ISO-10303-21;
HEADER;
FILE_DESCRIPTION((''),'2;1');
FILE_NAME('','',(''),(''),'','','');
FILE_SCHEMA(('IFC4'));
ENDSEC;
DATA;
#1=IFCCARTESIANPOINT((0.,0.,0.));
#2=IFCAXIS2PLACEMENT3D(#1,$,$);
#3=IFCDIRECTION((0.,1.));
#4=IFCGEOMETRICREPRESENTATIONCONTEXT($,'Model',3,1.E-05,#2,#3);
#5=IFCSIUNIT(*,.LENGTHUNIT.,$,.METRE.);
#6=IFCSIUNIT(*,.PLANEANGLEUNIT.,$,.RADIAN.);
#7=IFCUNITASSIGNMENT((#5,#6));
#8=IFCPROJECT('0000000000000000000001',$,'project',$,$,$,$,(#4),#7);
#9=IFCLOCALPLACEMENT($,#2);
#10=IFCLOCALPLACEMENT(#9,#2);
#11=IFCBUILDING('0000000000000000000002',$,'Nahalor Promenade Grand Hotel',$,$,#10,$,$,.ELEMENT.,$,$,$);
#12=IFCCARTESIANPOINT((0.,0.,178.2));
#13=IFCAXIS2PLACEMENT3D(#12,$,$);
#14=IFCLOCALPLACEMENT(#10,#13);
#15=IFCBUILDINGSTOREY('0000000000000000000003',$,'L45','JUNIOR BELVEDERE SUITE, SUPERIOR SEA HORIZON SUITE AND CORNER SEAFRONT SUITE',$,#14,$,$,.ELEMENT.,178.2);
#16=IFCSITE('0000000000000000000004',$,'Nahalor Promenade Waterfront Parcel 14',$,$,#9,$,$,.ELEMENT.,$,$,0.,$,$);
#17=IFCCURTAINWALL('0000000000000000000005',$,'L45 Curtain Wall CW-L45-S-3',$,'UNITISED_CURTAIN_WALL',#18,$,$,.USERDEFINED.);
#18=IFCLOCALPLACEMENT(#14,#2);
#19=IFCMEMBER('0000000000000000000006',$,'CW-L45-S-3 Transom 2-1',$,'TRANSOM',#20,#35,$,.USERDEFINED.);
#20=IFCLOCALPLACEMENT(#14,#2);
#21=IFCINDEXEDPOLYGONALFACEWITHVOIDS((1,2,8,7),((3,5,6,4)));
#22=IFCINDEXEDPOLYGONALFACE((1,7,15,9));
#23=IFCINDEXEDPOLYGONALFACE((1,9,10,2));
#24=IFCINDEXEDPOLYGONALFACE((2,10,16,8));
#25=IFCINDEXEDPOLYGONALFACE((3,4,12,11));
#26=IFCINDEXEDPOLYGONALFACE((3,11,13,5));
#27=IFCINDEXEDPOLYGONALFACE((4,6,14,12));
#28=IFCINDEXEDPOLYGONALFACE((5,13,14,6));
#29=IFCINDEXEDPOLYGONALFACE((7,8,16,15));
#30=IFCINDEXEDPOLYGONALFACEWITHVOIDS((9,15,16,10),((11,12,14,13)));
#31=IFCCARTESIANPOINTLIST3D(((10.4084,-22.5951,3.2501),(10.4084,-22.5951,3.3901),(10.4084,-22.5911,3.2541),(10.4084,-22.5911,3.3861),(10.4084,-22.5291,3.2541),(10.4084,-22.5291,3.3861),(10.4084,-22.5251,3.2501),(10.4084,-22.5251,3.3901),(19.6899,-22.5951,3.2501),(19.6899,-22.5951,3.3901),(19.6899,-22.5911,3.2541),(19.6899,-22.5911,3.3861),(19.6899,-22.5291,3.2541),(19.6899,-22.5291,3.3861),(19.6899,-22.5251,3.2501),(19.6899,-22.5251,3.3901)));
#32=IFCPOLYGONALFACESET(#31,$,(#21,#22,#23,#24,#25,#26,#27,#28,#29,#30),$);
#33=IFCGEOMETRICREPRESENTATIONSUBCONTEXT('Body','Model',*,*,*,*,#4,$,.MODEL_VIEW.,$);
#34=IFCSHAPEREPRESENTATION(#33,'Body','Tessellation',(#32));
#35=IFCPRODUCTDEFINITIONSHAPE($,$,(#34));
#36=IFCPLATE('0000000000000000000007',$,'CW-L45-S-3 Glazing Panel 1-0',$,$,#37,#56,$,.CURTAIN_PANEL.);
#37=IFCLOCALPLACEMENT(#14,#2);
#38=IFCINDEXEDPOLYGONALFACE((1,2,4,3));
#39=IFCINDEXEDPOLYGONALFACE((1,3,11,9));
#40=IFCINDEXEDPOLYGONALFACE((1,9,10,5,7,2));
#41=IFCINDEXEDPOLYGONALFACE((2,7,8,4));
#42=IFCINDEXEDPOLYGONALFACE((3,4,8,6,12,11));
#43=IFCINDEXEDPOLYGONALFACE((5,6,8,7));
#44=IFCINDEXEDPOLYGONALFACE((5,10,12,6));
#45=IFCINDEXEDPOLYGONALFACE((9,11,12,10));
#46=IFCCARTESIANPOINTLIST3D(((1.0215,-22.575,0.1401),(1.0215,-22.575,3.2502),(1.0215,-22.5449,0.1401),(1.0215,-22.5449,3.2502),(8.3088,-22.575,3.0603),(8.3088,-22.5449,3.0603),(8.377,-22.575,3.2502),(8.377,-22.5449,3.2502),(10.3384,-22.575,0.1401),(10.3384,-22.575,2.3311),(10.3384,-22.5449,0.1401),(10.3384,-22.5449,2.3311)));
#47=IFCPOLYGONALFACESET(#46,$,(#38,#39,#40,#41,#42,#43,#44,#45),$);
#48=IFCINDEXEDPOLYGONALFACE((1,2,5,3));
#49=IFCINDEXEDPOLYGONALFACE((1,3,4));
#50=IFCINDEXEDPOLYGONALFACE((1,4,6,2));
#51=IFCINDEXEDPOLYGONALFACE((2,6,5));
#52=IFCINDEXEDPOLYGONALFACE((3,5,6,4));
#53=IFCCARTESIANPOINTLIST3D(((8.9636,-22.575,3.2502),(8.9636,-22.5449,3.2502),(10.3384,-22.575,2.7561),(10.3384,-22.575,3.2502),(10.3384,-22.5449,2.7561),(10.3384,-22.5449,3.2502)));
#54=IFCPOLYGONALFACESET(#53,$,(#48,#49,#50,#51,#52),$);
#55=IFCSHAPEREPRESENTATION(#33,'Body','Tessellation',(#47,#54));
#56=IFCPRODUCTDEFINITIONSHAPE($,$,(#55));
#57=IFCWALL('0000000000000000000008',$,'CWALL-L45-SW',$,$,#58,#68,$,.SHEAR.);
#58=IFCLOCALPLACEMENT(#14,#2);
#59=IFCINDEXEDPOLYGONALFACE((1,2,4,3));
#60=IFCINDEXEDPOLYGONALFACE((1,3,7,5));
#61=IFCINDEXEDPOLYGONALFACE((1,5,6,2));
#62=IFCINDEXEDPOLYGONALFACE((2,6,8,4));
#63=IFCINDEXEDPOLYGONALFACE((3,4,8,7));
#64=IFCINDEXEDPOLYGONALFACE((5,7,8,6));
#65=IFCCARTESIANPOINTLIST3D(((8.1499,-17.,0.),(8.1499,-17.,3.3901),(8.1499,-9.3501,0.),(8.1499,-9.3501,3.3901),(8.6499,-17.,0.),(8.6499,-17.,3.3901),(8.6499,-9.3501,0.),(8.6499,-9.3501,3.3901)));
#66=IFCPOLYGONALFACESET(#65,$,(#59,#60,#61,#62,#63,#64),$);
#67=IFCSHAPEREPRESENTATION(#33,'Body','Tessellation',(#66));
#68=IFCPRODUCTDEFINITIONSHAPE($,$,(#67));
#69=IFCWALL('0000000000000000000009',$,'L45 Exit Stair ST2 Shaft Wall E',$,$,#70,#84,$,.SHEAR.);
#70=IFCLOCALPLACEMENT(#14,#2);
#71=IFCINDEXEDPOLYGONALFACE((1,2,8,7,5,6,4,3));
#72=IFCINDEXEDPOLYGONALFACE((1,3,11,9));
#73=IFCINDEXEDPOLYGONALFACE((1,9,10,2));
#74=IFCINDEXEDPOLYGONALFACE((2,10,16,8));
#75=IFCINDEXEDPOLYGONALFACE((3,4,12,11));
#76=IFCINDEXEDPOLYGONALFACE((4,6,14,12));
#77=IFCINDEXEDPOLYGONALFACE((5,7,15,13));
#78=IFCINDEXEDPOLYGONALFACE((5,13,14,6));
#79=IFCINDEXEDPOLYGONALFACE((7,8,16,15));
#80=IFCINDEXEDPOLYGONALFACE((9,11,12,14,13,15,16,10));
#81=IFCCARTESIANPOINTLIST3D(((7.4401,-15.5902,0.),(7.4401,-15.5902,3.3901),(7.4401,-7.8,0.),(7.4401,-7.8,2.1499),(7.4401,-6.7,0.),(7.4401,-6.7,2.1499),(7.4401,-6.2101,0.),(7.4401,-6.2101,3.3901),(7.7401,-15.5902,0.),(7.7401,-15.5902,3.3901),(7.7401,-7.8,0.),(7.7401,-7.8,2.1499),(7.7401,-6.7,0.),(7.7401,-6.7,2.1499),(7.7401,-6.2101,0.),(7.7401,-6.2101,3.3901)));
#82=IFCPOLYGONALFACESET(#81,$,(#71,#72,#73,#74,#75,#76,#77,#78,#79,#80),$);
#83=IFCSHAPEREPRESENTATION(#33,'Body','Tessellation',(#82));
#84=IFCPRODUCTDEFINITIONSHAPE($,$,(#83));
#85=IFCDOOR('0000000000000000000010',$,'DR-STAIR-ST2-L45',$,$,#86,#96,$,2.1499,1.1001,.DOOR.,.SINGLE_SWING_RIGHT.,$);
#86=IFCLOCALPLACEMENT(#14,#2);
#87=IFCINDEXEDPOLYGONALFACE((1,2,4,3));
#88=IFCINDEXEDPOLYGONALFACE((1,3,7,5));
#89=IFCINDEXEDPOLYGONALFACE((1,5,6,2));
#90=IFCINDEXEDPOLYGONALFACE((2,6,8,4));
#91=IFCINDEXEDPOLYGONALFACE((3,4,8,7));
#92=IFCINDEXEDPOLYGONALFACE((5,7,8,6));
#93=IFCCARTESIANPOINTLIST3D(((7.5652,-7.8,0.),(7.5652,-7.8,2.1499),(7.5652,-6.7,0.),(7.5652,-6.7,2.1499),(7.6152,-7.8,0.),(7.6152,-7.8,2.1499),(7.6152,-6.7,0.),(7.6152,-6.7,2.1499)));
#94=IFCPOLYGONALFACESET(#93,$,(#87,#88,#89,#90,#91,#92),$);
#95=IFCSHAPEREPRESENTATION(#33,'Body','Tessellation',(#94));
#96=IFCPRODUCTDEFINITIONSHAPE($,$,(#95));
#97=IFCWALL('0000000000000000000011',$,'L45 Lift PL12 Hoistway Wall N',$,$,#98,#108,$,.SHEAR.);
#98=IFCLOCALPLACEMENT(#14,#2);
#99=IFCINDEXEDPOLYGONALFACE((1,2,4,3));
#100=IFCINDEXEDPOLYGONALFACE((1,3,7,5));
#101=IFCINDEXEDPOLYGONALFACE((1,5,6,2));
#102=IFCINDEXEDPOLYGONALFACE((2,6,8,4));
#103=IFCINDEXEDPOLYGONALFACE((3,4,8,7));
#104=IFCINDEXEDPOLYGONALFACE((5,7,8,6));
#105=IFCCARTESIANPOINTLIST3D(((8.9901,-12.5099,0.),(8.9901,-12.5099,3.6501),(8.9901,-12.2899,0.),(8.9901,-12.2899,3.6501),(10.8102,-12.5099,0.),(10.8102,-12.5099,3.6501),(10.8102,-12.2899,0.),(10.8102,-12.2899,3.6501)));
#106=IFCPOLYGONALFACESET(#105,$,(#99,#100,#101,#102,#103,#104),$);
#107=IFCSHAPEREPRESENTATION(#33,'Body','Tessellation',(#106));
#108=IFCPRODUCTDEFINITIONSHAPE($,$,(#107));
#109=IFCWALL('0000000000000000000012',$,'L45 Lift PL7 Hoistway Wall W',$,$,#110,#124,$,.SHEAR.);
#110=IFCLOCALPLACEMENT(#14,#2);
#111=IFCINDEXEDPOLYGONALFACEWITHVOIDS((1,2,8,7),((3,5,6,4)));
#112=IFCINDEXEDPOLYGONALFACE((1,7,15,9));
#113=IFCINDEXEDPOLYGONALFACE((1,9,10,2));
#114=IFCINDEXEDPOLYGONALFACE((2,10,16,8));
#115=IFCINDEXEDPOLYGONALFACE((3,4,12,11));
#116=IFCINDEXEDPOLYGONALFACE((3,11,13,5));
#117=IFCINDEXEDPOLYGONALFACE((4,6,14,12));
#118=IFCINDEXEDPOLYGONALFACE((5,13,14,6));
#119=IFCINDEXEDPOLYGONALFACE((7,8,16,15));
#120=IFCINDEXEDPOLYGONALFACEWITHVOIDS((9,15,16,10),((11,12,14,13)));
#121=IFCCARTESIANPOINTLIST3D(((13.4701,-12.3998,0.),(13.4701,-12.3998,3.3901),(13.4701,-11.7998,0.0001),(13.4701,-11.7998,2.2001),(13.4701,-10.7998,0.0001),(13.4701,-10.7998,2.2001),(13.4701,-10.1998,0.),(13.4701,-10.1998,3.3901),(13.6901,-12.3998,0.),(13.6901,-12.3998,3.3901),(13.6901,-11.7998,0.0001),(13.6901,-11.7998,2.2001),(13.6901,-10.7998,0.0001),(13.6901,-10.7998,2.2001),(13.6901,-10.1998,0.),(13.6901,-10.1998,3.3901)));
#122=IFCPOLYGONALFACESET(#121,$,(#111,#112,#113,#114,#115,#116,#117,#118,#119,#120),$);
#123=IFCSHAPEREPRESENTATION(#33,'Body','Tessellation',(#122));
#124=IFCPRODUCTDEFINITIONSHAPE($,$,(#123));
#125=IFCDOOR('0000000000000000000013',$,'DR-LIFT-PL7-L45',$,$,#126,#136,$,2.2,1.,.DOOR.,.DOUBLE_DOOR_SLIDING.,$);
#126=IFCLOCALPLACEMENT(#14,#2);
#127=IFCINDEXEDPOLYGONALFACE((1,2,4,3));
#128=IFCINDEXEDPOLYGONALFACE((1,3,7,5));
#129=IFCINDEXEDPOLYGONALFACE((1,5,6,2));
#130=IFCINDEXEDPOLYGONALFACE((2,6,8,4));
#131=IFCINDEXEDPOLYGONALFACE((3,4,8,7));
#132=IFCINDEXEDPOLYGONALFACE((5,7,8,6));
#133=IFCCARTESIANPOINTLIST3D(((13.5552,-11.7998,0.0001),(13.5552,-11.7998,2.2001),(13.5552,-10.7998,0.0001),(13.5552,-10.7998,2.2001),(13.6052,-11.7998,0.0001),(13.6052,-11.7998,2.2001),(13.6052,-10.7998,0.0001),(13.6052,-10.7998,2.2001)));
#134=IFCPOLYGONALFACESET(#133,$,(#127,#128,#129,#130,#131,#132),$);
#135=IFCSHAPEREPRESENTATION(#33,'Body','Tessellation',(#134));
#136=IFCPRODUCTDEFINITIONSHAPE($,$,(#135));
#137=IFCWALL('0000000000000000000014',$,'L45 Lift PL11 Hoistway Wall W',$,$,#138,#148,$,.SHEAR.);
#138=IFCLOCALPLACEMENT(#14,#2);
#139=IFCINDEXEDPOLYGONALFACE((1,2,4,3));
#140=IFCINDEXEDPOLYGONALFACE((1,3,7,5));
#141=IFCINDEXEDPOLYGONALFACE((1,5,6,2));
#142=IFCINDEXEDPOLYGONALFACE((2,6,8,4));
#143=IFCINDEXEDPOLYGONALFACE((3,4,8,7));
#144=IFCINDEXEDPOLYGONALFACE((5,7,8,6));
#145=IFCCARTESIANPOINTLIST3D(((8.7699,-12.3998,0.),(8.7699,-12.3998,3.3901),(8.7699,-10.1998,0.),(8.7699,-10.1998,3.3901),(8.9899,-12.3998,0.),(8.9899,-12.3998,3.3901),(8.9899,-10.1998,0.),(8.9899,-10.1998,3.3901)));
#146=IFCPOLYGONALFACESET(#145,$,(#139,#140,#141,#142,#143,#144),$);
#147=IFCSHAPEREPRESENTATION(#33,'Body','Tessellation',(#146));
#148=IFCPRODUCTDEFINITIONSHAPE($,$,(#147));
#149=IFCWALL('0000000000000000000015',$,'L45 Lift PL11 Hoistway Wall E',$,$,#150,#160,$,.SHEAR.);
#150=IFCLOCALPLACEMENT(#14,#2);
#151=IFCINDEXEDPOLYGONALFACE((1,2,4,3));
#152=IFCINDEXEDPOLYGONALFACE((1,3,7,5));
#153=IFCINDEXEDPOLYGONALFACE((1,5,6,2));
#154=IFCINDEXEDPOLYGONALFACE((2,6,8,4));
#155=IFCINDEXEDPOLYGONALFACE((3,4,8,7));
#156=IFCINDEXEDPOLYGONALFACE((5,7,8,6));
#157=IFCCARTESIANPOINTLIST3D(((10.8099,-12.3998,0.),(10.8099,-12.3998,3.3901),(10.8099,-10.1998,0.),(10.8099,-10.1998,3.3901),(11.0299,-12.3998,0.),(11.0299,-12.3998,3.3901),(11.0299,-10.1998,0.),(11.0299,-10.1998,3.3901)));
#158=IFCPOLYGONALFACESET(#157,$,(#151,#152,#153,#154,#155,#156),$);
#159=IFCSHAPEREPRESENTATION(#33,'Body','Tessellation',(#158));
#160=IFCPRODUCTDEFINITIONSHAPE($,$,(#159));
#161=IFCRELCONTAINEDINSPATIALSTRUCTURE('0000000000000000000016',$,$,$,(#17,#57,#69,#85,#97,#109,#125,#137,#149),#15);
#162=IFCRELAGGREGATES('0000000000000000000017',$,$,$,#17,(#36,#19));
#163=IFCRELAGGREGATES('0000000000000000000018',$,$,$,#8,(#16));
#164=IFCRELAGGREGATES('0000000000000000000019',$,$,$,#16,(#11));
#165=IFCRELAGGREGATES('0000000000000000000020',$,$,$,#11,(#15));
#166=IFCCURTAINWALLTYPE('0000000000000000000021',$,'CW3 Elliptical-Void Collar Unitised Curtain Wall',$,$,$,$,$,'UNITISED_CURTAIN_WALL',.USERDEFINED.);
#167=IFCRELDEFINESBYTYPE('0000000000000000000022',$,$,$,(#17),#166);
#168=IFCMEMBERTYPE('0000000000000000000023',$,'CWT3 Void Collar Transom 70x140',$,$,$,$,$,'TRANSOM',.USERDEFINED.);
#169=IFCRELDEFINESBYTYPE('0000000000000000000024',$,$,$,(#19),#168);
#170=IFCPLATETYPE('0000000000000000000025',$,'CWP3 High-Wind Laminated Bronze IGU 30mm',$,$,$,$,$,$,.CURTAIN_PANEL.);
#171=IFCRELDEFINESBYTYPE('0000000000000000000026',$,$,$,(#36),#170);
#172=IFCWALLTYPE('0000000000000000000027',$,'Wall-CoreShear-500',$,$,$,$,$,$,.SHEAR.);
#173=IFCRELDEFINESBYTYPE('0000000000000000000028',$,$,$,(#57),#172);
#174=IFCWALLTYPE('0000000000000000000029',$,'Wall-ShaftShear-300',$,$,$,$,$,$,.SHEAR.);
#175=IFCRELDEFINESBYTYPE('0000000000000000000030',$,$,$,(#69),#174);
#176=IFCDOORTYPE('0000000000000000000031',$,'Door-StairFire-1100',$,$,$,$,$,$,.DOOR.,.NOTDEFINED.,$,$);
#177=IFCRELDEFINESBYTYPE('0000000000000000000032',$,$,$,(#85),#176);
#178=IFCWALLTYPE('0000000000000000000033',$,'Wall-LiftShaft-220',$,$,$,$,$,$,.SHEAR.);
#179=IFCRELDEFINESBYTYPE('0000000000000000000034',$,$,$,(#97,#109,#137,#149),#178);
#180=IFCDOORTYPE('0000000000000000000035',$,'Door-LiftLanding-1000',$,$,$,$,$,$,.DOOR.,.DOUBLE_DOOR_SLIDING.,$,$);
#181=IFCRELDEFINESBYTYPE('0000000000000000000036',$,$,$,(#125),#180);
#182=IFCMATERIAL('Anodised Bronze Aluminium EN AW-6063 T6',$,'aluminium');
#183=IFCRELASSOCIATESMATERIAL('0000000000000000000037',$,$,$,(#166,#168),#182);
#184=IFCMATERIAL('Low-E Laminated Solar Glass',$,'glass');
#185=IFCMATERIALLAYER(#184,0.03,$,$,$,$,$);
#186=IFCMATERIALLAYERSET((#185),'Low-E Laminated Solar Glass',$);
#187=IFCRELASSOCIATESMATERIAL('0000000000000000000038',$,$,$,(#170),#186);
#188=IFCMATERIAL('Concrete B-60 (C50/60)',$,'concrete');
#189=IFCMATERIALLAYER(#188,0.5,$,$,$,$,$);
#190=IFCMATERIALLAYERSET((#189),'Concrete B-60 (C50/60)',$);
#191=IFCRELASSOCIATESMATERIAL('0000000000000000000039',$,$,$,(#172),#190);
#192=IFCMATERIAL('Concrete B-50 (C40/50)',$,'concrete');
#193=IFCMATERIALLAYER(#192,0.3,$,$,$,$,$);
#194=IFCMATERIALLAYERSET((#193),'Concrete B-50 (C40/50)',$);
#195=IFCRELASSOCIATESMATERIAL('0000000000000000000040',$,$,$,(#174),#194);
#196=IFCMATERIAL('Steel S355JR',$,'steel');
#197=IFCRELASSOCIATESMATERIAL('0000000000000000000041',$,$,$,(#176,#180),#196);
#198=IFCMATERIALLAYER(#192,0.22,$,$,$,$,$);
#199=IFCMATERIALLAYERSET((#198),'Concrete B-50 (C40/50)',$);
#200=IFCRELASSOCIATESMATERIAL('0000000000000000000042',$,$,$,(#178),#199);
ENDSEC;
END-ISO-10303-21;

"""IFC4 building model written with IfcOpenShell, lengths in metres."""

from ifc_helpers import new_model, si_unit, direction, frame, frame_2d, origin, origin_2d, place, context, subcontext, project, spatial, polyline, rectangle, hollow_rectangle, outline, extrude, source, transform, mapped, material, layer, layer_set, material_profile, profile_set, type_object, element, fill, aggregate, save


model = new_model("IFC4")

# Units and contexts
model_context = context("Model", 3, precision=1e-05, world=origin(), true_north=direction((0.0, 1.0)))
body_context = subcontext(model_context, "Body", "Model", "MODEL_VIEW")
ifc_project = project(units=[si_unit("LENGTHUNIT", "METRE"), si_unit("PLANEANGLEUNIT", "RADIAN")], contexts=[model_context])

# Site, building, storey
site_placement = place(None, origin())
site = spatial("IfcSite", under=ifc_project, at=site_placement, Name="Nahalor Promenade Waterfront Parcel 14", CompositionType="ELEMENT", RefElevation=0.0)
building_placement = place(site_placement, origin())
building = spatial("IfcBuilding", under=site, at=building_placement, Name="Nahalor Promenade Grand Hotel", CompositionType="ELEMENT")
storey_placement = place(building_placement, frame((0.0, 0.0, 178.2)))
storey = spatial("IfcBuildingStorey", under=building, at=storey_placement, Name="L45", Description="JUNIOR BELVEDERE SUITE, SUPERIOR SEA HORIZON SUITE AND CORNER SEAFRONT SUITE", CompositionType="ELEMENT", Elevation=178.2)

# Shared definitions
ifc_material_1 = material(Name="Concrete B-60 (C50/60)", Category="concrete")

# Shared definitions
ifc_material_2 = material(Name="Steel S355JR", Category="steel")

# Curtain wall, member, plate
ifc_material_3 = material(Name="Anodised Bronze Aluminium EN AW-6063 T6", Category="aluminium")
curtain_wall_type = type_object("IfcCurtainWallType", Name="CW3 Elliptical-Void Collar Unitised Curtain Wall", ElementType="UNITISED_CURTAIN_WALL", PredefinedType="USERDEFINED", material=ifc_material_3)
curtain_wall_placement = place(storey_placement, origin())
curtain_wall = element("IfcCurtainWall", 1, at=curtain_wall_placement, inside=storey, type_object=curtain_wall_type, Name="L45 Curtain Wall CW-L45-S-3", ObjectType="UNITISED_CURTAIN_WALL", PredefinedType="USERDEFINED")
ifc_material_profile_1 = material_profile(ifc_material_3, hollow_rectangle(XDim=0.07, YDim=0.14, WallThickness=0.004, at=origin_2d()), Name="CWT 70x140x4")
ifc_profile_set_1 = profile_set([ifc_material_profile_1], Name="Anodised Bronze Aluminium EN AW-6063 T6")
member_type_1 = type_object("IfcMemberType", Name="CWT3 Void Collar Transom 70x140", ElementType="TRANSOM", PredefinedType="USERDEFINED", material=ifc_profile_set_1)
shared_shape_1 = source(origin(), body_context, "Body", "SweptSolid", [
    extrude(hollow_rectangle(XDim=0.07, YDim=0.14, WallThickness=0.004, at=origin_2d()), origin(), (0.0, 0.0, 1.0), 9.2815),
])
member_1_placement = place(storey_placement, frame((10.4084, -22.5601, 3.3201), z_axis=(1.0, 0.0, 0.0), x_axis=(0.0, 1.0, 0.0)))
member_1 = element("IfcMember", 2, at=member_1_placement, type_object=member_type_1, Name="CW-L45-S-3 Transom 2-1", ObjectType="TRANSOM", PredefinedType="USERDEFINED", context=body_context, shape_type="MappedRepresentation", body=[
    mapped(shared_shape_1, transform((0.0, 0.0, 0.0), scale=1.0)),
])
ifc_material_4 = material(Name="Low-E Laminated Solar Glass", Category="glass")
ifc_layer_1 = layer(ifc_material_4, 0.03)
ifc_layer_set_1 = layer_set([ifc_layer_1], Name="Low-E Laminated Solar Glass")
plate_type = type_object("IfcPlateType", Name="CWP3 High-Wind Laminated Bronze IGU 30mm", PredefinedType="CURTAIN_PANEL", material=ifc_layer_set_1)
plate_placement = place(storey_placement, frame((5.6799, -22.5601, 0.1401), z_axis=(0.0, 0.0, 1.0), x_axis=(1.0, 0.0, 0.0)))
plate = element("IfcPlate", 3, at=plate_placement, type_object=plate_type, Name="CW-L45-S-3 Glazing Panel 1-0", PredefinedType="CURTAIN_PANEL", context=body_context, shape_type="SweptSolid", body=[
    extrude(outline(polyline([(-4.6584, 0.0), (4.6584, 0.0), (4.6584, 2.1909), (2.6289, 2.9202), (2.697, 3.1101), (-4.6584, 3.1101), (-4.6584, 0.0)])), frame((0.0, 0.0151, 0.0), z_axis=(0.0, -1.0, 0.0), x_axis=(1.0, 0.0, 0.0)), (0.0, 0.0, 1.0), 0.03),
    extrude(outline(polyline([(4.6584, 2.616), (4.6584, 3.1101), (3.2837, 3.1101), (4.6584, 2.616)])), frame((0.0, 0.0151, 0.0), z_axis=(0.0, -1.0, 0.0), x_axis=(1.0, 0.0, 0.0)), (0.0, 0.0, 1.0), 0.03),
])
aggregate(curtain_wall, [plate, member_1])

# Wall
ifc_layer_2 = layer(ifc_material_1, 0.5)
ifc_layer_set_2 = layer_set([ifc_layer_2], Name="Concrete B-60 (C50/60)")
wall_type_1 = type_object("IfcWallType", Name="Wall-CoreShear-500", PredefinedType="SHEAR", material=ifc_layer_set_2)
shared_shape_2 = source(origin(), body_context, "Body", "SweptSolid", [
    extrude(rectangle(XDim=7.6499, YDim=0.5, at=frame_2d((3.825, 0.0))), origin(), (0.0, 0.0, 1.0), 3.3901),
])
wall_1_placement = place(storey_placement, frame((8.3999, -17.0, 0.0), z_axis=(0.0, 0.0, 1.0), x_axis=(0.0, 1.0, 0.0)))
element("IfcWall", 4, at=wall_1_placement, inside=storey, type_object=wall_type_1, Name="CWALL-L45-SW", PredefinedType="SHEAR", context=body_context, shape_type="MappedRepresentation", body=[
    mapped(shared_shape_2, transform((0.0, 0.0, 0.0), scale=1.0)),
])

# Wall, opening, door
ifc_material_5 = material(Name="Concrete B-50 (C40/50)", Category="concrete")
ifc_layer_3 = layer(ifc_material_5, 0.3)
ifc_layer_set_3 = layer_set([ifc_layer_3], Name="Concrete B-50 (C40/50)")
wall_type_2 = type_object("IfcWallType", Name="Wall-ShaftShear-300", PredefinedType="SHEAR", material=ifc_layer_set_3)
shared_shape_3 = source(origin(), body_context, "Body", "SweptSolid", [
    extrude(rectangle(XDim=9.3801, YDim=0.3, at=frame_2d((4.6899, 0.0))), origin(), (0.0, 0.0, 1.0), 3.3901),
])
wall_2_placement = place(storey_placement, frame((7.5901, -15.5901, 0.0), z_axis=(0.0, 0.0, 1.0), x_axis=(0.0, 1.0, 0.0)))
wall_2 = element("IfcWall", 5, at=wall_2_placement, inside=storey, type_object=wall_type_2, Name="L45 Exit Stair ST2 Shaft Wall E", PredefinedType="SHEAR", context=body_context, shape_type="MappedRepresentation", body=[
    mapped(shared_shape_3, transform((0.0, 0.0, 0.0), scale=1.0)),
])
opening_1_placement = place(wall_2_placement, frame((7.79, 0.0, 0.0)))
opening_1 = element("IfcOpeningElement", 6, at=opening_1_placement, cuts=wall_2, PredefinedType="OPENING", context=body_context, shape_type="SweptSolid", body=[
    extrude(rectangle(XDim=1.1001, YDim=2.1499, at=frame_2d((0.55, 1.075))), frame((0.0, 0.1599, 0.0), z_axis=(0.0, -1.0, 0.0), x_axis=(1.0, 0.0, 0.0)), (0.0, 0.0, 1.0), 0.3201),
])
door_type_1 = type_object("IfcDoorType", Name="Door-StairFire-1100", OperationType="NOTDEFINED", PredefinedType="DOOR", material=ifc_material_2)
shared_shape_4 = source(origin(), body_context, "Body", "SweptSolid", [
    extrude(rectangle(XDim=1.1001, YDim=2.1499, at=frame_2d((0.55, 1.075))), frame((0.0, 0.0249, 0.0), z_axis=(0.0, -1.0, 0.0), x_axis=(1.0, 0.0, 0.0)), (0.0, 0.0, 1.0), 0.05),
])
door_1_placement = place(opening_1_placement, origin())
door_1 = element("IfcDoor", 7, at=door_1_placement, inside=storey, type_object=door_type_1, Name="DR-STAIR-ST2-L45", OperationType="SINGLE_SWING_RIGHT", OverallHeight=2.1499, OverallWidth=1.1001, PredefinedType="DOOR", context=body_context, shape_type="MappedRepresentation", body=[
    mapped(shared_shape_4, transform((0.0, 0.0, 0.0), scale=1.0)),
])
fill(opening_1, door_1)

# Wall
ifc_layer_4 = layer(ifc_material_5, 0.22)
ifc_layer_set_4 = layer_set([ifc_layer_4], Name="Concrete B-50 (C40/50)")
wall_type_3 = type_object("IfcWallType", Name="Wall-LiftShaft-220", PredefinedType="SHEAR", material=ifc_layer_set_4)
shared_shape_5 = source(origin(), body_context, "Body", "SweptSolid", [
    extrude(rectangle(XDim=1.8201, YDim=0.22, at=frame_2d((0.9102, 0.0))), origin(), (0.0, 0.0, 1.0), 3.6501),
])
wall_3_placement = place(storey_placement, frame((8.99, -12.3999, 0.0), z_axis=(0.0, 0.0, 1.0), x_axis=(1.0, 0.0, 0.0)))
element("IfcWall", 8, at=wall_3_placement, inside=storey, type_object=wall_type_3, Name="L45 Lift PL12 Hoistway Wall N", PredefinedType="SHEAR", context=body_context, shape_type="MappedRepresentation", body=[
    mapped(shared_shape_5, transform((0.0, 0.0, 0.0), scale=1.0)),
])

# Wall, opening, door
shared_shape_6 = source(origin(), body_context, "Body", "SweptSolid", [
    extrude(rectangle(XDim=2.2, YDim=0.22, at=frame_2d((1.1001, 0.0))), origin(), (0.0, 0.0, 1.0), 3.3901),
])
wall_4_placement = place(storey_placement, frame((13.5801, -12.3999, 0.0), z_axis=(0.0, 0.0, 1.0), x_axis=(0.0, 1.0, 0.0)))
wall_4 = element("IfcWall", 9, at=wall_4_placement, inside=storey, type_object=wall_type_3, Name="L45 Lift PL7 Hoistway Wall W", PredefinedType="SHEAR", context=body_context, shape_type="MappedRepresentation", body=[
    mapped(shared_shape_6, transform((0.0, 0.0, 0.0), scale=1.0)),
])
opening_2_placement = place(wall_4_placement, frame((0.6001, 0.0, 0.0)))
opening_2 = element("IfcOpeningElement", 10, at=opening_2_placement, cuts=wall_4, PredefinedType="OPENING", context=body_context, shape_type="SweptSolid", body=[
    extrude(rectangle(XDim=1.0, YDim=2.2, at=frame_2d((0.5, 1.1001))), frame((0.0, 0.1199, 0.0), z_axis=(0.0, -1.0, 0.0), x_axis=(1.0, 0.0, 0.0)), (0.0, 0.0, 1.0), 0.24),
])
door_type_2 = type_object("IfcDoorType", Name="Door-LiftLanding-1000", OperationType="DOUBLE_DOOR_SLIDING", PredefinedType="DOOR", material=ifc_material_2)
shared_shape_7 = source(origin(), body_context, "Body", "SweptSolid", [
    extrude(rectangle(XDim=1.0, YDim=2.2, at=frame_2d((0.5, 1.1001))), frame((0.0, 0.0249, 0.0), z_axis=(0.0, -1.0, 0.0), x_axis=(1.0, 0.0, 0.0)), (0.0, 0.0, 1.0), 0.05),
])
door_2_placement = place(opening_2_placement, origin())
door_2 = element("IfcDoor", 11, at=door_2_placement, inside=storey, type_object=door_type_2, Name="DR-LIFT-PL7-L45", OperationType="DOUBLE_DOOR_SLIDING", OverallHeight=2.2, OverallWidth=1.0, PredefinedType="DOOR", context=body_context, shape_type="MappedRepresentation", body=[
    mapped(shared_shape_7, transform((0.0, 0.0, 0.0), scale=1.0)),
])
fill(opening_2, door_2)

# Walls
for number, where, z_axis, x_axis, name in (
    (12, (8.8799, -12.3999, 0.0), (0.0, 0.0, 1.0), (0.0, 1.0, 0.0), "L45 Lift PL11 Hoistway Wall W"),
    (13, (10.9199, -12.3999, 0.0), (0.0, 0.0, 1.0), (0.0, 1.0, 0.0), "L45 Lift PL11 Hoistway Wall E"),
):
    element("IfcWall", number, at=place(storey_placement, frame(where, z_axis=z_axis, x_axis=x_axis)), inside=storey, type_object=wall_type_3, Name=name, PredefinedType="SHEAR", context=body_context, shape_type="MappedRepresentation", body=[
        mapped(shared_shape_6, transform((0.0, 0.0, 0.0), scale=1.0)),
    ])

save(model, "model.ifc")
